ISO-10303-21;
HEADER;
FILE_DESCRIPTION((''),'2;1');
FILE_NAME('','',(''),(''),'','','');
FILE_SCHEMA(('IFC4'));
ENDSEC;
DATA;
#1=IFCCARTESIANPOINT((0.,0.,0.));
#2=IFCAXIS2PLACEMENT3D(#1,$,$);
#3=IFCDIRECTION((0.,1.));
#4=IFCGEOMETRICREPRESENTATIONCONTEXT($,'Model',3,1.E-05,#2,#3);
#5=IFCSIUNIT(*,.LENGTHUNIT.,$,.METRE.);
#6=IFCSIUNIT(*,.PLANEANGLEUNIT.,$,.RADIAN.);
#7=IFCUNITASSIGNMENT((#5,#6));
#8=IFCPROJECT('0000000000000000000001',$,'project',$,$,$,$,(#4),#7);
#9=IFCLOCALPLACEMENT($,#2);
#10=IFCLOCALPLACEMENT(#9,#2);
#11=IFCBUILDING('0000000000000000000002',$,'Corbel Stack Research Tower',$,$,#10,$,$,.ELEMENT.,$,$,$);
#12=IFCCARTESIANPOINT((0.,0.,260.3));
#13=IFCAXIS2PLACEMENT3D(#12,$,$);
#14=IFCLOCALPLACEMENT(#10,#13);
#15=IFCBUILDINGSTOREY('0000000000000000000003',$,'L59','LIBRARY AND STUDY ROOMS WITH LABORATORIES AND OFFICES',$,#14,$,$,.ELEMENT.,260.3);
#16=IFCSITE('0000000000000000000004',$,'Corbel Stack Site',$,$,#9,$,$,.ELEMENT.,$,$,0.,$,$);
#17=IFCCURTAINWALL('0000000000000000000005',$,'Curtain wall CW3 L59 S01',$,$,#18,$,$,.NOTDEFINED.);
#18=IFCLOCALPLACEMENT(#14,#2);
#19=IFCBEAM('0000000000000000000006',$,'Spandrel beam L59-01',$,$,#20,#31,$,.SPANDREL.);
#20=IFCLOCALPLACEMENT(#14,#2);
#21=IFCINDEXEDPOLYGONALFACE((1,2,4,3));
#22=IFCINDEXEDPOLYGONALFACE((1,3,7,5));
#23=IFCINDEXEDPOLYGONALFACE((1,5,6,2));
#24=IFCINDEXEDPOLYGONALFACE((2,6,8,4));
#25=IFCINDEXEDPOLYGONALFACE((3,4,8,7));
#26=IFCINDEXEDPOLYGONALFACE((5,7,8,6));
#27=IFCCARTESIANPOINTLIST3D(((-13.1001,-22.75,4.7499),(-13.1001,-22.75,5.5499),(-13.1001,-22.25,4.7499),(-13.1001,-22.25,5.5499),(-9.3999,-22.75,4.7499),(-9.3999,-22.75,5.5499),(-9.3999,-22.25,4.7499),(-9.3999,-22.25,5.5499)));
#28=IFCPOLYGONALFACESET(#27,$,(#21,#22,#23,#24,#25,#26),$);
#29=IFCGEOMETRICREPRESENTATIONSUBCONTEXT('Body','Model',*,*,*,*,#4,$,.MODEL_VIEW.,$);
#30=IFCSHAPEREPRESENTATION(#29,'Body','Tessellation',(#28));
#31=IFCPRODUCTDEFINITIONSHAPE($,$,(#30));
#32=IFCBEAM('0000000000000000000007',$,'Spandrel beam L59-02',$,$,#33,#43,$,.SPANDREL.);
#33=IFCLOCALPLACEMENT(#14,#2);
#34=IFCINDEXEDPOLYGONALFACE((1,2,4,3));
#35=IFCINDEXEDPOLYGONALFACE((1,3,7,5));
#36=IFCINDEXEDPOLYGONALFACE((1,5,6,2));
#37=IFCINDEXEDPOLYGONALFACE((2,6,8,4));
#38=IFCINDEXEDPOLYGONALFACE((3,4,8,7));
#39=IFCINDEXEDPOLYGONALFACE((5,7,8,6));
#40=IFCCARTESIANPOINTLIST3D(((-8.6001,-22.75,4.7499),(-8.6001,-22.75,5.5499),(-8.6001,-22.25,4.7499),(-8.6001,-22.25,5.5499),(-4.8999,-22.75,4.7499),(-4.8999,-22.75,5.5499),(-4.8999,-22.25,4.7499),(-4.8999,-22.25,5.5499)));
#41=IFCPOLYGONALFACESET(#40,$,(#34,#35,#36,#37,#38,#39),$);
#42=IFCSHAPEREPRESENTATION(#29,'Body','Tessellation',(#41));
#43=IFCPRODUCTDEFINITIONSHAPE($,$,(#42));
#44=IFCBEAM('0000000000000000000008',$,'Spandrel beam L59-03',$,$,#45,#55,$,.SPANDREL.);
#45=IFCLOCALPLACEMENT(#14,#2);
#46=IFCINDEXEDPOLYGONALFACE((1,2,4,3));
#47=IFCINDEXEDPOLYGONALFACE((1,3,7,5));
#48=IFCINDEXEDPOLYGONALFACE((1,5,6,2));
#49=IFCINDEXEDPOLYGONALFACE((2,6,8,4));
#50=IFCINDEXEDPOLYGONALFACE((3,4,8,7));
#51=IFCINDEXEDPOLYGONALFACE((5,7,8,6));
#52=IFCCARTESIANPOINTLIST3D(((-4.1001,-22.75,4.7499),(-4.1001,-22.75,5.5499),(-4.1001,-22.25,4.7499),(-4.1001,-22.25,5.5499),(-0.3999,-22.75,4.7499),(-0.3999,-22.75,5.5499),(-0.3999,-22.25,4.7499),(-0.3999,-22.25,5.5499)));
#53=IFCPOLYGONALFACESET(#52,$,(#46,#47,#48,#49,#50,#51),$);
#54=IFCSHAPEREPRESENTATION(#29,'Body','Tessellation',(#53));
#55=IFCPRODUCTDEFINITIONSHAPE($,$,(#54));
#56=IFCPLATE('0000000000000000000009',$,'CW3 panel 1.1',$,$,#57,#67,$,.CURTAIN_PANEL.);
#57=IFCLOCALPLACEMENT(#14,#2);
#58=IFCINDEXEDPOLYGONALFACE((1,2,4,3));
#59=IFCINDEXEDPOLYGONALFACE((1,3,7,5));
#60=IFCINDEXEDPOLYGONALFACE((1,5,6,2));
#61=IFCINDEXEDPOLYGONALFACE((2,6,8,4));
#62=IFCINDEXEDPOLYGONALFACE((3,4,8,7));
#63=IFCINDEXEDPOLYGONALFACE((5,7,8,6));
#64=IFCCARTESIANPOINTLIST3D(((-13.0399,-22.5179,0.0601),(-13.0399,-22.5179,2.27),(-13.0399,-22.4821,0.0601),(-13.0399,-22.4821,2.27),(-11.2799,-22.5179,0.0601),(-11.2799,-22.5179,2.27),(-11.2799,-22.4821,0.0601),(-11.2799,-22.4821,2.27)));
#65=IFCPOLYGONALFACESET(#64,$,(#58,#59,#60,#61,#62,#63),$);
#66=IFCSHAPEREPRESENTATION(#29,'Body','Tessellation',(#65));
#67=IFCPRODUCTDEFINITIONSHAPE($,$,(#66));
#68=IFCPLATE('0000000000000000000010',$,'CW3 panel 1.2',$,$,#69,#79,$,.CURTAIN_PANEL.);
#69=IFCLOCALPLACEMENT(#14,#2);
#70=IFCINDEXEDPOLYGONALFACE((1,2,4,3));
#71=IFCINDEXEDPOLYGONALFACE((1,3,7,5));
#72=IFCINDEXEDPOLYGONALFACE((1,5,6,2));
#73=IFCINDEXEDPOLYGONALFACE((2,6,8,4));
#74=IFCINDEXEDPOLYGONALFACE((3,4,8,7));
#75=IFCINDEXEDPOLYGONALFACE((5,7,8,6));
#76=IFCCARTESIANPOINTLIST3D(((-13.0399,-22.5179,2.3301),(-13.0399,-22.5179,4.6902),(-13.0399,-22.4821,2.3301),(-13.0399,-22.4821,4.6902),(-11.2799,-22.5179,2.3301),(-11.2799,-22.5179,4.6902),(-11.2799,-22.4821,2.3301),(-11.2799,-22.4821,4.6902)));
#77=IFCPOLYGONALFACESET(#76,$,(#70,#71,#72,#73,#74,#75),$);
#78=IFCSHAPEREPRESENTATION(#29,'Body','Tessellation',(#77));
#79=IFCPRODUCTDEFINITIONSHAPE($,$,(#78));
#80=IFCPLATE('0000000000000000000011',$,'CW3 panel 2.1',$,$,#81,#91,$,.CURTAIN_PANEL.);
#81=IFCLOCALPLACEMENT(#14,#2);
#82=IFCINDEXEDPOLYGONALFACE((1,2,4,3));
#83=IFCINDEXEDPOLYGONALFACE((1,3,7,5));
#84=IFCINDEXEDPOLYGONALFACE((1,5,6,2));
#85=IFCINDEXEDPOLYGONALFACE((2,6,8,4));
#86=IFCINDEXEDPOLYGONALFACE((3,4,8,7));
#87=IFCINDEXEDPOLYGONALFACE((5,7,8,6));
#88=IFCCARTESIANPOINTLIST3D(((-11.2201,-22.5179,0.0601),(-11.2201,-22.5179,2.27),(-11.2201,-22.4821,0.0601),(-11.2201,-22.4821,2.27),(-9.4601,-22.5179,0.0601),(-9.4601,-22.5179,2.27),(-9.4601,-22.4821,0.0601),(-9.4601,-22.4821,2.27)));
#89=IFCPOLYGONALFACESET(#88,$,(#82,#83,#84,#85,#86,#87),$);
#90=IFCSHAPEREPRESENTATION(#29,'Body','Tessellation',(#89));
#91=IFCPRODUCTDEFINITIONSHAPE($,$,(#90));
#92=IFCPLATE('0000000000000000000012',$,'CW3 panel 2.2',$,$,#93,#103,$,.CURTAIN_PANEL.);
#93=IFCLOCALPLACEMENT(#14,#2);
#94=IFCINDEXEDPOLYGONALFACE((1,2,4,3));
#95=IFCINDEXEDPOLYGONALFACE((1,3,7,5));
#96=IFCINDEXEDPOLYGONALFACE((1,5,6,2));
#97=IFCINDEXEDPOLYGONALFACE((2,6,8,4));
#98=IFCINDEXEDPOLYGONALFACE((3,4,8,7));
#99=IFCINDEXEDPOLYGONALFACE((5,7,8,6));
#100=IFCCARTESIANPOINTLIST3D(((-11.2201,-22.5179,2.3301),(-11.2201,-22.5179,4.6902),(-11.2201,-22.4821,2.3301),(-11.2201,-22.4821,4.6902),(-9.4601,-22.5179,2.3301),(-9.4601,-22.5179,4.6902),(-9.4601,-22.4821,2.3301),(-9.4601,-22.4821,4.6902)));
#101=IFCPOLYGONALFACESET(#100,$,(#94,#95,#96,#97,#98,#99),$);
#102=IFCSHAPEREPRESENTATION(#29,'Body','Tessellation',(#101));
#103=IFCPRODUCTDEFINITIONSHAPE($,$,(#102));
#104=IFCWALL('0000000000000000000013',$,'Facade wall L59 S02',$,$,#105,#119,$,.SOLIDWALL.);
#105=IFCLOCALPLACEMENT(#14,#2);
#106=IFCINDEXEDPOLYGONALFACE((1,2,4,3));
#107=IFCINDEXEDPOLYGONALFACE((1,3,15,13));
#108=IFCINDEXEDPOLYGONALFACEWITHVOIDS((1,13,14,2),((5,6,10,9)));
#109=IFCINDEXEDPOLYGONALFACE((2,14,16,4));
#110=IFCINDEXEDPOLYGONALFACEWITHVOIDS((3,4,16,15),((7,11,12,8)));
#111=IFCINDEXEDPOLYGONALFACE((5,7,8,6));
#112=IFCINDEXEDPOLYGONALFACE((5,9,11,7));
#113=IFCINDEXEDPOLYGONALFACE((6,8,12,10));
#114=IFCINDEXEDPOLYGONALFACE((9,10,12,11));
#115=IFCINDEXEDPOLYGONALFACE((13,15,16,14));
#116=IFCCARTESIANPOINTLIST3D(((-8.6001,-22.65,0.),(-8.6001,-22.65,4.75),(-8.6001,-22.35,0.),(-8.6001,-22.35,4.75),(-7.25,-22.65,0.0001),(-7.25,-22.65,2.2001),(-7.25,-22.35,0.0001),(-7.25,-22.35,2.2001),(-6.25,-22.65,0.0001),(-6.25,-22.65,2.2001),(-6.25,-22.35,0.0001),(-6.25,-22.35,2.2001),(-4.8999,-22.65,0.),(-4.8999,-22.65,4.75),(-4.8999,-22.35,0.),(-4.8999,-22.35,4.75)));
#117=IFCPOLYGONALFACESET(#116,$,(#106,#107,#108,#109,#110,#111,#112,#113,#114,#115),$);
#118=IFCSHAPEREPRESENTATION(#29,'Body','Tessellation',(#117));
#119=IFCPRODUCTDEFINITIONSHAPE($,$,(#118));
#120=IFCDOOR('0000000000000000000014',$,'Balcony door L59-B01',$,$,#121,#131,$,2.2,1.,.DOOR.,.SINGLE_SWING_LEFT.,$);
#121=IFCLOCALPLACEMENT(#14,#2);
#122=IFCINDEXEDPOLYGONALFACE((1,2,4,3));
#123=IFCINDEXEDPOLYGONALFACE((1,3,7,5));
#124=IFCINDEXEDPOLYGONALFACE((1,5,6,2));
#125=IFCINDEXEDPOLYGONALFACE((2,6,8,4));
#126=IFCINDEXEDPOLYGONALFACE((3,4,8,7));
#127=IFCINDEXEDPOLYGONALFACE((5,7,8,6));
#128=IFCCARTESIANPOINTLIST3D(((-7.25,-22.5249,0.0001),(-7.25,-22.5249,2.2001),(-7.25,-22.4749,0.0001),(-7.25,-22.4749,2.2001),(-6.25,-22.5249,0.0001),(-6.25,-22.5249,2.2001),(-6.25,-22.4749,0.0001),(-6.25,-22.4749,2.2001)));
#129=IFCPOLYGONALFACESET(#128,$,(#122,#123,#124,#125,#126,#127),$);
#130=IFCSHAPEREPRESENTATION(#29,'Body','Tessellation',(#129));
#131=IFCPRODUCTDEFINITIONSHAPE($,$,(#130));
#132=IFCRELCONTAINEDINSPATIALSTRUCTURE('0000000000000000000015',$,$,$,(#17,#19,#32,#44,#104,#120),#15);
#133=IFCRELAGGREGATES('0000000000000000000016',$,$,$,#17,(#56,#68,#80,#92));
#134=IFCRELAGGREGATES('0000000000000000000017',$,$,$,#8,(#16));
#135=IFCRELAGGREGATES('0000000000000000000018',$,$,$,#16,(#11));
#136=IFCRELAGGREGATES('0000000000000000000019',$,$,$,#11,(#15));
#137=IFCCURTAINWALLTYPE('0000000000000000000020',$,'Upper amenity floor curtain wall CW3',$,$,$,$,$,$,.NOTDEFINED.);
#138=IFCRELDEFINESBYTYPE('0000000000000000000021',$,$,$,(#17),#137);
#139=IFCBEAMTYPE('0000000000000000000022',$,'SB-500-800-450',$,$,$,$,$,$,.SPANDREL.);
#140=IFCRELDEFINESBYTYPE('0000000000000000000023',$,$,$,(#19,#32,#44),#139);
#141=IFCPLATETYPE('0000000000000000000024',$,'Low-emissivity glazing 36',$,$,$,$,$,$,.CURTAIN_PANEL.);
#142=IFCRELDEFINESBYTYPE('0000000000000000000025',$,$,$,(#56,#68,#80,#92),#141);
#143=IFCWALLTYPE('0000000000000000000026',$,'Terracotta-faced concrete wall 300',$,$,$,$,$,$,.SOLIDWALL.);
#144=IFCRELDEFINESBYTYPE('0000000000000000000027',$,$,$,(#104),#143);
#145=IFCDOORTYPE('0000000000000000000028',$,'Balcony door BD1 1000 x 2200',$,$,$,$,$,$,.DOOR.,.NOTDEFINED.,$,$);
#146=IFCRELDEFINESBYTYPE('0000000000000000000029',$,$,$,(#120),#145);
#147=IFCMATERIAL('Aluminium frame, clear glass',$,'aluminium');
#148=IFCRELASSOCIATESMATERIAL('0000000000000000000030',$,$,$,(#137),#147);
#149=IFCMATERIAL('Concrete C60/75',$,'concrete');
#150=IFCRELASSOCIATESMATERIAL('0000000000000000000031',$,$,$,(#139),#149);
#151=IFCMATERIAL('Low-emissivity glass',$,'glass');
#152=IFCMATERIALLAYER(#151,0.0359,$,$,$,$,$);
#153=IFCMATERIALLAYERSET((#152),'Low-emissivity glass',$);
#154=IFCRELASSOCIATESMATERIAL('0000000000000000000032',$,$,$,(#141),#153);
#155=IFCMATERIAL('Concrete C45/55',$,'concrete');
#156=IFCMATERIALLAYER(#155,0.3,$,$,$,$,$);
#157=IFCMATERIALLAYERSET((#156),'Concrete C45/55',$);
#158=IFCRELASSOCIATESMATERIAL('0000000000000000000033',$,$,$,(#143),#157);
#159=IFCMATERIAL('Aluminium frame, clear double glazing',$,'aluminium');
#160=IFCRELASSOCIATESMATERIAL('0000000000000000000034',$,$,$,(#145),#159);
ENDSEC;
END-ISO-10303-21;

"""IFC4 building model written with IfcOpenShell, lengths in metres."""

from ifc_helpers import new_model, si_unit, direction, frame, frame_2d, origin, origin_2d, place, context, subcontext, project, spatial, rectangle, extrude, material, layer, layer_set, material_profile, profile_set, type_object, element, fill, aggregate, save


model = new_model("IFC4")

# Units and contexts
model_context = context("Model", 3, precision=1e-05, world=origin(), true_north=direction((0.0, 1.0)))
body_context = subcontext(model_context, "Body", "Model", "MODEL_VIEW")
ifc_project = project(units=[si_unit("LENGTHUNIT", "METRE"), si_unit("PLANEANGLEUNIT", "RADIAN")], contexts=[model_context])

# Site, building, storey
site_placement = place(None, origin())
site = spatial("IfcSite", under=ifc_project, at=site_placement, Name="Corbel Stack Site", CompositionType="ELEMENT", RefElevation=0.0)
building_placement = place(site_placement, origin())
building = spatial("IfcBuilding", under=site, at=building_placement, Name="Corbel Stack Research Tower", CompositionType="ELEMENT")
storey_placement = place(building_placement, frame((0.0, 0.0, 260.3)))
storey = spatial("IfcBuildingStorey", under=building, at=storey_placement, Name="L59", Description="LIBRARY AND STUDY ROOMS WITH LABORATORIES AND OFFICES", CompositionType="ELEMENT", Elevation=260.3)

# Curtain wall
ifc_material_1 = material(Name="Aluminium frame, clear glass", Category="aluminium")
curtain_wall_type = type_object("IfcCurtainWallType", Name="Upper amenity floor curtain wall CW3", PredefinedType="NOTDEFINED", material=ifc_material_1)
curtain_wall_1_placement = place(storey_placement, origin())
curtain_wall_1 = element("IfcCurtainWall", 1, at=curtain_wall_1_placement, inside=storey, type_object=curtain_wall_type, Name="Curtain wall CW3 L59 S01", PredefinedType="NOTDEFINED")

# Beams
ifc_material_2 = material(Name="Concrete C60/75", Category="concrete")
ifc_material_profile_1 = material_profile(ifc_material_2, rectangle(XDim=0.5, YDim=0.8, at=origin_2d()), Name="RC 500 x 800")
ifc_profile_set_1 = profile_set([ifc_material_profile_1], Name="Concrete C60/75")
beam_type = type_object("IfcBeamType", Name="SB-500-800-450", PredefinedType="SPANDREL", material=ifc_profile_set_1)
for number, where, z_axis, x_axis, name in (
    (2, (-13.1001, -22.5, 5.1499), (1.0, 0.0, 0.0), (0.0, 1.0, 0.0), "Spandrel beam L59-01"),
    (3, (-8.6001, -22.5, 5.1499), (1.0, 0.0, 0.0), (0.0, 1.0, 0.0), "Spandrel beam L59-02"),
    (4, (-4.1001, -22.5, 5.1499), (1.0, 0.0, 0.0), (0.0, 1.0, 0.0), "Spandrel beam L59-03"),
):
    element("IfcBeam", number, at=place(storey_placement, frame(where, z_axis=z_axis, x_axis=x_axis)), inside=storey, type_object=beam_type, Name=name, PredefinedType="SPANDREL", context=body_context, shape_type="SweptSolid", body=[
        extrude(rectangle(XDim=0.5, YDim=0.8, at=origin_2d()), origin(), (0.0, 0.0, 1.0), 3.7002),
    ])

# Plates
ifc_material_3 = material(Name="Low-emissivity glass", Category="glass")
ifc_layer_1 = layer(ifc_material_3, 0.0359)
ifc_layer_set_1 = layer_set([ifc_layer_1], Name="Low-emissivity glass")
plate_type = type_object("IfcPlateType", Name="Low-emissivity glazing 36", PredefinedType="CURTAIN_PANEL", material=ifc_layer_set_1)
plate_1_placement = place(storey_placement, frame((-12.1599, -22.5, 0.0601), z_axis=(0.0, 0.0, 1.0), x_axis=(1.0, 0.0, 0.0)))
plate_1 = element("IfcPlate", 5, at=plate_1_placement, type_object=plate_type, Name="CW3 panel 1.1", PredefinedType="CURTAIN_PANEL", context=body_context, shape_type="SweptSolid", body=[
    extrude(rectangle(XDim=1.76, YDim=0.0359, at=origin_2d()), origin(), (0.0, 0.0, 1.0), 2.21),
])
plate_2_placement = place(storey_placement, frame((-12.1599, -22.5, 2.3301), z_axis=(0.0, 0.0, 1.0), x_axis=(1.0, 0.0, 0.0)))
plate_2 = element("IfcPlate", 6, at=plate_2_placement, type_object=plate_type, Name="CW3 panel 1.2", PredefinedType="CURTAIN_PANEL", context=body_context, shape_type="SweptSolid", body=[
    extrude(rectangle(XDim=1.76, YDim=0.0359, at=origin_2d()), origin(), (0.0, 0.0, 1.0), 2.3601),
])
plate_3_placement = place(storey_placement, frame((-10.3401, -22.5, 0.0601), z_axis=(0.0, 0.0, 1.0), x_axis=(1.0, 0.0, 0.0)))
plate_3 = element("IfcPlate", 7, at=plate_3_placement, type_object=plate_type, Name="CW3 panel 2.1", PredefinedType="CURTAIN_PANEL", context=body_context, shape_type="SweptSolid", body=[
    extrude(rectangle(XDim=1.76, YDim=0.0359, at=origin_2d()), origin(), (0.0, 0.0, 1.0), 2.21),
])
plate_4_placement = place(storey_placement, frame((-10.3401, -22.5, 2.3301), z_axis=(0.0, 0.0, 1.0), x_axis=(1.0, 0.0, 0.0)))
plate_4 = element("IfcPlate", 8, at=plate_4_placement, type_object=plate_type, Name="CW3 panel 2.2", PredefinedType="CURTAIN_PANEL", context=body_context, shape_type="SweptSolid", body=[
    extrude(rectangle(XDim=1.76, YDim=0.0359, at=origin_2d()), origin(), (0.0, 0.0, 1.0), 2.3601),
])
aggregate(curtain_wall_1, [plate_1, plate_2, plate_3, plate_4])

# Wall, opening, door
ifc_material_4 = material(Name="Concrete C45/55", Category="concrete")
ifc_layer_2 = layer(ifc_material_4, 0.3)
ifc_layer_set_2 = layer_set([ifc_layer_2], Name="Concrete C45/55")
wall_type = type_object("IfcWallType", Name="Terracotta-faced concrete wall 300", PredefinedType="SOLIDWALL", material=ifc_layer_set_2)
wall_placement = place(storey_placement, frame((-4.8999, -22.5, 0.0), z_axis=(0.0, 0.0, 1.0), x_axis=(-1.0, 0.0, 0.0)))
wall = element("IfcWall", 9, at=wall_placement, inside=storey, type_object=wall_type, Name="Facade wall L59 S02", PredefinedType="SOLIDWALL", context=body_context, shape_type="SweptSolid", body=[
    extrude(rectangle(XDim=3.7002, YDim=0.3, at=frame_2d((1.8501, 0.0))), origin(), (0.0, 0.0, 1.0), 4.75),
])
opening_placement = place(wall_placement, frame((1.3501, 0.0, 0.0)))
opening = element("IfcOpeningElement", 10, at=opening_placement, cuts=wall, PredefinedType="OPENING", context=body_context, shape_type="SweptSolid", body=[
    extrude(rectangle(XDim=1.0, YDim=2.2, at=frame_2d((0.5, 1.1001))), frame((0.0, 0.1599, 0.0), z_axis=(0.0, -1.0, 0.0), x_axis=(1.0, 0.0, 0.0)), (0.0, 0.0, 1.0), 0.3201),
])
ifc_material_5 = material(Name="Aluminium frame, clear double glazing", Category="aluminium")
door_type = type_object("IfcDoorType", Name="Balcony door BD1 1000 x 2200", OperationType="NOTDEFINED", PredefinedType="DOOR", material=ifc_material_5)
door_placement = place(opening_placement, origin())
door = element("IfcDoor", 11, at=door_placement, inside=storey, type_object=door_type, Name="Balcony door L59-B01", OperationType="SINGLE_SWING_LEFT", OverallHeight=2.2, OverallWidth=1.0, PredefinedType="DOOR", context=body_context, shape_type="SweptSolid", body=[
    extrude(rectangle(XDim=1.0, YDim=2.2, at=frame_2d((0.5, 1.1001))), frame((0.0, 0.0249, 0.0), z_axis=(0.0, -1.0, 0.0), x_axis=(1.0, 0.0, 0.0)), (0.0, 0.0, 1.0), 0.05),
])
fill(opening, door)

save(model, "model.ifc")
